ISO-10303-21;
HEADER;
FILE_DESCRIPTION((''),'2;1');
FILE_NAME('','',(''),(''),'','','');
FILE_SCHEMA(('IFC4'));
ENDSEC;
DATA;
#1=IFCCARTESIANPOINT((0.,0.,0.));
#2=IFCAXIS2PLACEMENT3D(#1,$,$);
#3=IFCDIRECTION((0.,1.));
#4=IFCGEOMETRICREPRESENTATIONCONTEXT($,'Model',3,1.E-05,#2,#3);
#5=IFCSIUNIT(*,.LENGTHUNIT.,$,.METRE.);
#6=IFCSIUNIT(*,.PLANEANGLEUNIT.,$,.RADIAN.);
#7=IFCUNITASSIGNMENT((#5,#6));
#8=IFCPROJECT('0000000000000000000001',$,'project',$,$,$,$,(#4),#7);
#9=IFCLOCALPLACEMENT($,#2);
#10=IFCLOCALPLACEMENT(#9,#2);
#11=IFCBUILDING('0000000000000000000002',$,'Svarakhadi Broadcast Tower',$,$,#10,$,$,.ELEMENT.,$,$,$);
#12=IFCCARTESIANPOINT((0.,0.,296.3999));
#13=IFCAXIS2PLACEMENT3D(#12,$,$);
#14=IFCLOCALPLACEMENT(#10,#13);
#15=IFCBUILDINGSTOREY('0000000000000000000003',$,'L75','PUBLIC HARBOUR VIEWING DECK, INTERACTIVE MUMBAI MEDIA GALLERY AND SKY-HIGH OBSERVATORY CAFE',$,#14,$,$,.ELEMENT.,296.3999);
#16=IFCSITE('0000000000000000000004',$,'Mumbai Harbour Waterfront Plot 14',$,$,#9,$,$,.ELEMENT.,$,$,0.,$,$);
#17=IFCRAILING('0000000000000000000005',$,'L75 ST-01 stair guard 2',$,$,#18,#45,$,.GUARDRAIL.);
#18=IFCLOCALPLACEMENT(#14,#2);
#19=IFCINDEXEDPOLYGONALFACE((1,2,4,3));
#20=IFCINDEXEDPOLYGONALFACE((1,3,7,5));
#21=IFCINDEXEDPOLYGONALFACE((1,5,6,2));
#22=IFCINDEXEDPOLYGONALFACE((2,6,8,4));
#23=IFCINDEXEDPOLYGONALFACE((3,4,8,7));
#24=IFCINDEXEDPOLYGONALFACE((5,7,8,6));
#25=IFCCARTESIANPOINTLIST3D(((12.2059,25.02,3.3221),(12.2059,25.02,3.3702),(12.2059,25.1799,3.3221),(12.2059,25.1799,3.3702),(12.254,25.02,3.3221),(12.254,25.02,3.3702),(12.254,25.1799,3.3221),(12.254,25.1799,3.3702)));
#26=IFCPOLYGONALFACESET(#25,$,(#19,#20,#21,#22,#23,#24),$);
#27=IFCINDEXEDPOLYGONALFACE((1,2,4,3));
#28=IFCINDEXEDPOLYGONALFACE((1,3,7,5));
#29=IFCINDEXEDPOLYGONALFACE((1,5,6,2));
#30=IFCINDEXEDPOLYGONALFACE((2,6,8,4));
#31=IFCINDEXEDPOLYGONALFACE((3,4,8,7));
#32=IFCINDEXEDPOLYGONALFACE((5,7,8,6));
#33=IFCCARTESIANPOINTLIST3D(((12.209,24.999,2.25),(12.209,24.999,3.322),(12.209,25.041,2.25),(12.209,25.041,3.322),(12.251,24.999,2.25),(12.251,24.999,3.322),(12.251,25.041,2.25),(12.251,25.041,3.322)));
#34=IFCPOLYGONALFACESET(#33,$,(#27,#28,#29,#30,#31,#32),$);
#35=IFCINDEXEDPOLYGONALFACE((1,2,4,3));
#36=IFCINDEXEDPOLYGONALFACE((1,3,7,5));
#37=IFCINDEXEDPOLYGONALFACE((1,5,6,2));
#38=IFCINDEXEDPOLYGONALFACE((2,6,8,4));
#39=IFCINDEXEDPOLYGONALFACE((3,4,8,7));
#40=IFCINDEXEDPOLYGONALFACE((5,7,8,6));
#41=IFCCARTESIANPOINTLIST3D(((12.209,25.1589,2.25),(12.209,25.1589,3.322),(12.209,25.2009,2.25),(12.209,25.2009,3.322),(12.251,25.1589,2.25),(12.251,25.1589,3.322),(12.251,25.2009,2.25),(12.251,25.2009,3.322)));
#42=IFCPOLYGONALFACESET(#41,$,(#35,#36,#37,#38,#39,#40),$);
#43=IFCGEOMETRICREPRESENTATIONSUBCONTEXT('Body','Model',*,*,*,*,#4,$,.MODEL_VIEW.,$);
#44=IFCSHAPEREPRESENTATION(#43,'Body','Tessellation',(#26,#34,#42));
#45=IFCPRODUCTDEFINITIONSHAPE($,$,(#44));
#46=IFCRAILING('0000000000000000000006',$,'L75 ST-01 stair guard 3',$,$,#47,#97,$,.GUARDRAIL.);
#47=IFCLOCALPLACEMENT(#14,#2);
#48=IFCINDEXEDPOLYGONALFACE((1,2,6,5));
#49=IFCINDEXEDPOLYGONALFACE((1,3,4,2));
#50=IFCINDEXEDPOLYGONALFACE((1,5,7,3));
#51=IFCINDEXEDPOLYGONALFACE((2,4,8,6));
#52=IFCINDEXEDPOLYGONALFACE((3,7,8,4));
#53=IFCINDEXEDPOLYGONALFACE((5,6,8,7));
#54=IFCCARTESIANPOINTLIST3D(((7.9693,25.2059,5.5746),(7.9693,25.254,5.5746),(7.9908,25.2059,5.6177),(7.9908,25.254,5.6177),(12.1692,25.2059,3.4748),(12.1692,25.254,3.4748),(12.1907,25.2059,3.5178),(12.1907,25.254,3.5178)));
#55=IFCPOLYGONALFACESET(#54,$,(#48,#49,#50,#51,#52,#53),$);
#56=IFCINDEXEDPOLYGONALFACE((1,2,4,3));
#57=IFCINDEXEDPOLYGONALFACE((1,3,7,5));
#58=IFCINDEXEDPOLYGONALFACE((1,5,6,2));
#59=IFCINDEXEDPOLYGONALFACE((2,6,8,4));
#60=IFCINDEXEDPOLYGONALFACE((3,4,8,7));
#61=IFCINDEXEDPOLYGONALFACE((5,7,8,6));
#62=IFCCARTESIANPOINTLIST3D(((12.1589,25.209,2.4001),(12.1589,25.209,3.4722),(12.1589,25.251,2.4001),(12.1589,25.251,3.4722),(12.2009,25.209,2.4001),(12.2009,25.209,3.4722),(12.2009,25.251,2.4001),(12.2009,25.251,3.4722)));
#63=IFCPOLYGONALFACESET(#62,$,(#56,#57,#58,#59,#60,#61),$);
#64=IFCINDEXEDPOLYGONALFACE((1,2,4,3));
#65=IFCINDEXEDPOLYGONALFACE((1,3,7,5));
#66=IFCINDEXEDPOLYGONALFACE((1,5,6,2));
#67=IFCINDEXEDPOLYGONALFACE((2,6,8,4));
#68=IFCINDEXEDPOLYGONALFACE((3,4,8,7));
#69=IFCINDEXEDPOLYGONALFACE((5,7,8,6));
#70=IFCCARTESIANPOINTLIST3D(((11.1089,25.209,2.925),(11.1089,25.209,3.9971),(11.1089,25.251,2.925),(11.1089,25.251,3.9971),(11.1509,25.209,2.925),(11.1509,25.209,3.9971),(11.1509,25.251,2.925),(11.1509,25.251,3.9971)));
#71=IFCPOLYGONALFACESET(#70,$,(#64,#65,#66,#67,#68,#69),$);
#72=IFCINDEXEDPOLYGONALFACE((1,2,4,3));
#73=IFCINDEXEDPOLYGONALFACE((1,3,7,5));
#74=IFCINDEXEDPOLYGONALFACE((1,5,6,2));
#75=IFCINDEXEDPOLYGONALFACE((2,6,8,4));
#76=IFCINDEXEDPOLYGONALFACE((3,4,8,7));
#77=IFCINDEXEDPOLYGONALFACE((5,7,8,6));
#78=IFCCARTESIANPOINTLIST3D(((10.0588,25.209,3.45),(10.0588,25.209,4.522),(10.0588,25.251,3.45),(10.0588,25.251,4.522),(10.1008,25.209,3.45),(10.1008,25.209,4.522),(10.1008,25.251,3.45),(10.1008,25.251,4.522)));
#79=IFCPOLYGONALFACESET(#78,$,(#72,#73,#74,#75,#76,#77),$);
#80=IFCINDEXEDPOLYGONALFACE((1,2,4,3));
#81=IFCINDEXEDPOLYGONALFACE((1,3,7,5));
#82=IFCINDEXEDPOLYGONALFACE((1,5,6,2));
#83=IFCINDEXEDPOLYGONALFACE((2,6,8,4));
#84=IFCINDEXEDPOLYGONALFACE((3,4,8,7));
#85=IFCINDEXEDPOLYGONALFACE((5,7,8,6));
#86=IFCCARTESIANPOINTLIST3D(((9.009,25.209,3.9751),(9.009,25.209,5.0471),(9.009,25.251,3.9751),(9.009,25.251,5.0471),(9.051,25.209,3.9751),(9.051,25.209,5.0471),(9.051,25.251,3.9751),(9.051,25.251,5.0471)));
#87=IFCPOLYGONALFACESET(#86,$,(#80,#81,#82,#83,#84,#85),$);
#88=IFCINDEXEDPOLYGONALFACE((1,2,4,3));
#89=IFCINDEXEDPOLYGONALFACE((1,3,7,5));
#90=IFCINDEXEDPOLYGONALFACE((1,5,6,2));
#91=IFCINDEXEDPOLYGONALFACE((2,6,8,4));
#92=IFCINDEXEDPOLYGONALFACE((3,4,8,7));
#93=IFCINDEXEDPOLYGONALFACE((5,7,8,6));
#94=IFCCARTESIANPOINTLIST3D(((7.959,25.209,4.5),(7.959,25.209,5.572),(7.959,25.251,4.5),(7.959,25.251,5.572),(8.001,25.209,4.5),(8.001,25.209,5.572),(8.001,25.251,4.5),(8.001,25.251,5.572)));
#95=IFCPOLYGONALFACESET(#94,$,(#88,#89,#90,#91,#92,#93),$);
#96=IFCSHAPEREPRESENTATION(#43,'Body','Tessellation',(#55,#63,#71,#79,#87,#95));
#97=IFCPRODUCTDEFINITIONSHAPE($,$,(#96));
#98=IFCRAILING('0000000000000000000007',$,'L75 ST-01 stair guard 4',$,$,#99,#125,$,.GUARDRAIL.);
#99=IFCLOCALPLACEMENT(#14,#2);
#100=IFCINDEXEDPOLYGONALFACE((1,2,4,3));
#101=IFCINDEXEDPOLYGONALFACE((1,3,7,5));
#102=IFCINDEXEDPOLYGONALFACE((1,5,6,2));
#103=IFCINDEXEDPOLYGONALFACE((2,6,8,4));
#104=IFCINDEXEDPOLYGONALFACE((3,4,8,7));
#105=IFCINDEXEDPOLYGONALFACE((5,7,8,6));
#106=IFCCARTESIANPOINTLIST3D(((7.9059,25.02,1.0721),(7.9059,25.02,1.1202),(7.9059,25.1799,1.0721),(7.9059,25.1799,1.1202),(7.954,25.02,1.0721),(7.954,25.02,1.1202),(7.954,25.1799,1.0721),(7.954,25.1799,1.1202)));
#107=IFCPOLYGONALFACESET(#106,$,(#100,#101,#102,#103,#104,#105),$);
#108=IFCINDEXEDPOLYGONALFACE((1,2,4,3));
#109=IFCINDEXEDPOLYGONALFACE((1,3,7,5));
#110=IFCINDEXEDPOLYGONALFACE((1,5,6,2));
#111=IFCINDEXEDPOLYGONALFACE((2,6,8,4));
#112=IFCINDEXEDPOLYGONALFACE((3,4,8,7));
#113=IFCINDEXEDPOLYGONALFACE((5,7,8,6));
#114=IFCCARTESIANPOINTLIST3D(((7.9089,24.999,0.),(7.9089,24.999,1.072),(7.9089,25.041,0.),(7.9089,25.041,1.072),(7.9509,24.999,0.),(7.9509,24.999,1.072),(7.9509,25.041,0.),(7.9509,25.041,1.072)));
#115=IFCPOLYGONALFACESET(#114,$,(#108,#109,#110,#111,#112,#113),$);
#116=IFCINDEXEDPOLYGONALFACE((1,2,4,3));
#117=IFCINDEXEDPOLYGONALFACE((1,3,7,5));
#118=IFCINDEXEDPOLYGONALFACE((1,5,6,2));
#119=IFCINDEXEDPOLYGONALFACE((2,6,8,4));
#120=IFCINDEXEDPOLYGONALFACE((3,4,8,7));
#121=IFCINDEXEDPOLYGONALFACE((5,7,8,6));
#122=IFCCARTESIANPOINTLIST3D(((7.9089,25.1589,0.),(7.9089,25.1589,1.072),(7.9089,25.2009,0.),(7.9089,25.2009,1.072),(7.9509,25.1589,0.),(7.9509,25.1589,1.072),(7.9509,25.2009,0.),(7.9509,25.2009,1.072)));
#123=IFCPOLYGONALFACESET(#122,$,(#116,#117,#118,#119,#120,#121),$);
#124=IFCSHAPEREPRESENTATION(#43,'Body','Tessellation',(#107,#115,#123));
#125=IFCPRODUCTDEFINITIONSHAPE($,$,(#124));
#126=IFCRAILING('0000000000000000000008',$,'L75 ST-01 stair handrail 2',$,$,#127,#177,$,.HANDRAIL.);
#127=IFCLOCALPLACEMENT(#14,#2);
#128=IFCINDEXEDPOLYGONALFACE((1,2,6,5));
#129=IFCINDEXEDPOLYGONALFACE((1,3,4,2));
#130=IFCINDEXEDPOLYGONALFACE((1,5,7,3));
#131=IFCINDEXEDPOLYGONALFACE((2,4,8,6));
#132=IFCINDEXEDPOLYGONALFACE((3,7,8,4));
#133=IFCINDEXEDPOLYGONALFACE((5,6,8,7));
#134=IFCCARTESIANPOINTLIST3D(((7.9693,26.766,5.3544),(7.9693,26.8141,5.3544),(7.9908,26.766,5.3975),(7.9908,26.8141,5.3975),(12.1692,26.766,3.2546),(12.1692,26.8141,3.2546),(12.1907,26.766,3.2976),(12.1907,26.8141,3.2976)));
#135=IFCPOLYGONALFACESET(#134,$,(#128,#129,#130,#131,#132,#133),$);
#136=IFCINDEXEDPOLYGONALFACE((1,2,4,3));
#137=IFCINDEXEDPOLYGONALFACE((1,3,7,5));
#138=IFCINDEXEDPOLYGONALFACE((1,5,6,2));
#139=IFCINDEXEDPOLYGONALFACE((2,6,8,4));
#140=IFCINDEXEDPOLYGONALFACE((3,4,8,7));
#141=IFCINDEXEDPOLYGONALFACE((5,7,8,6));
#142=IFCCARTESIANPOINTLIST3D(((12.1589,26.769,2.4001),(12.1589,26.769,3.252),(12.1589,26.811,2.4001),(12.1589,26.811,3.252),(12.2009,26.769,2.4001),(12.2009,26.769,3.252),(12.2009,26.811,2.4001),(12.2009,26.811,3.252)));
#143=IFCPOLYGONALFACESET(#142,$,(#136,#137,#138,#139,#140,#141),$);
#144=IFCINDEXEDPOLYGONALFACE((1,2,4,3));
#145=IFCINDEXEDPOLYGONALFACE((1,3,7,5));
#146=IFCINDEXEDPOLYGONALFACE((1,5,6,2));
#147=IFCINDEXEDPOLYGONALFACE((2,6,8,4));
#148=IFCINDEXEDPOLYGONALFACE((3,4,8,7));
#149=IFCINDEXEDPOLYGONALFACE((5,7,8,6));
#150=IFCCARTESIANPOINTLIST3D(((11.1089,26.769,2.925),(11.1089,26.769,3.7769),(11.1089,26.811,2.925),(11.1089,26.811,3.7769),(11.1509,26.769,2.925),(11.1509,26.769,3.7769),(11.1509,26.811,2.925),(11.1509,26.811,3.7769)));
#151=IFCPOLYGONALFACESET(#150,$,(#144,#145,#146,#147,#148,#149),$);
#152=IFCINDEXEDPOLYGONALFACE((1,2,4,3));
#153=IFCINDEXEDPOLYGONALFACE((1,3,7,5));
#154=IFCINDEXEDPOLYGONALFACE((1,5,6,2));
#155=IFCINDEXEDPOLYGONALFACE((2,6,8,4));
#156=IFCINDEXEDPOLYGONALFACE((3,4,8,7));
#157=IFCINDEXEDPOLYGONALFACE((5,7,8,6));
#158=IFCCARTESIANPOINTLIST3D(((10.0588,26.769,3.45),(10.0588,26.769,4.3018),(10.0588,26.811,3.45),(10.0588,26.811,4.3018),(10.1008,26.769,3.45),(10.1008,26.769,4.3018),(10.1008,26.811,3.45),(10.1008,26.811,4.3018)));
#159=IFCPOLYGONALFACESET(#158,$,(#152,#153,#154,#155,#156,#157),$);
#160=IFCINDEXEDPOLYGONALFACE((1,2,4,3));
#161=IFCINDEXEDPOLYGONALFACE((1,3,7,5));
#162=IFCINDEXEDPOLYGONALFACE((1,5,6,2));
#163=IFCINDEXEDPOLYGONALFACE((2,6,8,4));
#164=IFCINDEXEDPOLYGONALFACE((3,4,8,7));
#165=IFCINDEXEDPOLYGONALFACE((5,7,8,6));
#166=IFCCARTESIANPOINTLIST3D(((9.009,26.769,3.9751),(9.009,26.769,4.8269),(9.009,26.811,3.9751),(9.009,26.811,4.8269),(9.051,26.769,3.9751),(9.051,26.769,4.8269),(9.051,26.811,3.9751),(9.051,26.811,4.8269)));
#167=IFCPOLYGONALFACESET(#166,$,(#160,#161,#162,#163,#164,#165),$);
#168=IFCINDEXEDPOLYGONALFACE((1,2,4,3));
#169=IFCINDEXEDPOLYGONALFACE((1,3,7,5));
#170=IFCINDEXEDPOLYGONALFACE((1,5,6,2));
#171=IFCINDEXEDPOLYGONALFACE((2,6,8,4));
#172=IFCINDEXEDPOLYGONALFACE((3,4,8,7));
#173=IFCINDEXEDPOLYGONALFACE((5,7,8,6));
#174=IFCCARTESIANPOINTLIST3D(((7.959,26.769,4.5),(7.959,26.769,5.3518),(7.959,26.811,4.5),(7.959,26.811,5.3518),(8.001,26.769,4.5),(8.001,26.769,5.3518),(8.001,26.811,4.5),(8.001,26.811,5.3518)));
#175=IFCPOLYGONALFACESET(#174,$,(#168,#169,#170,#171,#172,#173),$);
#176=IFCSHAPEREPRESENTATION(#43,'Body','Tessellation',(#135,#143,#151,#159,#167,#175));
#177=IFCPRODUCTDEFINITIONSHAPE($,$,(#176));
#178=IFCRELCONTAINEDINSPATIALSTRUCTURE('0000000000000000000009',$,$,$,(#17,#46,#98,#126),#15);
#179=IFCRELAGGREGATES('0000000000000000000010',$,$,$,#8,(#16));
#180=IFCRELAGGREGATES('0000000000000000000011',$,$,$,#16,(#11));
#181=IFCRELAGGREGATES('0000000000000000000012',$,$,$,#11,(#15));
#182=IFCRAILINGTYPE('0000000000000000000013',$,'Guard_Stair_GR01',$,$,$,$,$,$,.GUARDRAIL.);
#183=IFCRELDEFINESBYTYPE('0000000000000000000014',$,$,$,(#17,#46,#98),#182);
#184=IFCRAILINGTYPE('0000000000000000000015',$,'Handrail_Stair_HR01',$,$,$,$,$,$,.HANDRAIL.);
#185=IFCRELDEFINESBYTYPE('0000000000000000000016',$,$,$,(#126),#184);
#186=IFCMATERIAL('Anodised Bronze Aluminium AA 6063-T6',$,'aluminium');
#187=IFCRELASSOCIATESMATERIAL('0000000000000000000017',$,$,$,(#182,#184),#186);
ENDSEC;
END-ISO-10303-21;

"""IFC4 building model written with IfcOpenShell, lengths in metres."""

from ifc_helpers import new_model, si_unit, direction, frame, origin, origin_2d, place, context, subcontext, project, spatial, rectangle, extrude, material, type_object, element, save


model = new_model("IFC4")

# Units and contexts
model_context = context("Model", 3, precision=1e-05, world=origin(), true_north=direction((0.0, 1.0)))
body_context = subcontext(model_context, "Body", "Model", "MODEL_VIEW")
ifc_project = project(units=[si_unit("LENGTHUNIT", "METRE"), si_unit("PLANEANGLEUNIT", "RADIAN")], contexts=[model_context])

# Site, building, storey
site_placement = place(None, origin())
site = spatial("IfcSite", under=ifc_project, at=site_placement, Name="Mumbai Harbour Waterfront Plot 14", CompositionType="ELEMENT", RefElevation=0.0)
building_placement = place(site_placement, origin())
building = spatial("IfcBuilding", under=site, at=building_placement, Name="Svarakhadi Broadcast Tower", CompositionType="ELEMENT")
storey_placement = place(building_placement, frame((0.0, 0.0, 296.3999)))
storey = spatial("IfcBuildingStorey", under=building, at=storey_placement, Name="L75", Description="PUBLIC HARBOUR VIEWING DECK, INTERACTIVE MUMBAI MEDIA GALLERY AND SKY-HIGH OBSERVATORY CAFE", CompositionType="ELEMENT", Elevation=296.3999)

# Shared definitions
ifc_material_1 = material(Name="Anodised Bronze Aluminium AA 6063-T6", Category="aluminium")

# Railings
railing_type_1 = type_object("IfcRailingType", Name="Guard_Stair_GR01", PredefinedType="GUARDRAIL", material=ifc_material_1)
railing_1_placement = place(storey_placement, frame((12.23, 25.02, 2.25)))
element("IfcRailing", 1, at=railing_1_placement, inside=storey, type_object=railing_type_1, Name="L75 ST-01 stair guard 2", PredefinedType="GUARDRAIL", context=body_context, shape_type="SweptSolid", body=[
    extrude(rectangle(XDim=0.0481, YDim=0.0481, at=origin_2d()), frame((0.0, 0.0, 1.0962), z_axis=(0.0, 1.0, 0.0), x_axis=(-1.0, 0.0, 0.0)), (0.0, 0.0, 1.0), 0.1599),
    extrude(rectangle(XDim=0.042, YDim=0.042, at=origin_2d()), origin(), (0.0, 0.0, 1.0), 1.072),
    extrude(rectangle(XDim=0.042, YDim=0.042, at=origin_2d()), frame((0.0, 0.1599, 0.0)), (0.0, 0.0, 1.0), 1.072),
])
railing_2_placement = place(storey_placement, frame((12.1799, 25.23, 2.4001)))
element("IfcRailing", 2, at=railing_2_placement, inside=storey, type_object=railing_type_1, Name="L75 ST-01 stair guard 3", PredefinedType="GUARDRAIL", context=body_context, shape_type="SweptSolid", body=[
    extrude(rectangle(XDim=0.0481, YDim=0.0481, at=origin_2d()), frame((0.0, 0.0, 1.0962), z_axis=(-0.894438, 0.0, 0.447193), x_axis=(0.0, -1.0, 0.0)), (0.0, 0.0, 1.0), 4.6956),
    extrude(rectangle(XDim=0.042, YDim=0.042, at=origin_2d()), origin(), (0.0, 0.0, 1.0), 1.072),
    extrude(rectangle(XDim=0.042, YDim=0.042, at=origin_2d()), frame((-1.05, 0.0, 0.5249)), (0.0, 0.0, 1.0), 1.072),
    extrude(rectangle(XDim=0.042, YDim=0.042, at=origin_2d()), frame((-2.1001, 0.0, 1.0498)), (0.0, 0.0, 1.0), 1.072),
    extrude(rectangle(XDim=0.042, YDim=0.042, at=origin_2d()), frame((-3.1499, 0.0, 1.575)), (0.0, 0.0, 1.0), 1.072),
    extrude(rectangle(XDim=0.042, YDim=0.042, at=origin_2d()), frame((-4.2, 0.0, 2.0999)), (0.0, 0.0, 1.0), 1.072),
])
railing_3_placement = place(storey_placement, frame((7.9299, 25.02, 0.0)))
element("IfcRailing", 3, at=railing_3_placement, inside=storey, type_object=railing_type_1, Name="L75 ST-01 stair guard 4", PredefinedType="GUARDRAIL", context=body_context, shape_type="SweptSolid", body=[
    extrude(rectangle(XDim=0.0481, YDim=0.0481, at=origin_2d()), frame((0.0, 0.0, 1.0962), z_axis=(0.0, 1.0, 0.0), x_axis=(-1.0, 0.0, 0.0)), (0.0, 0.0, 1.0), 0.1599),
    extrude(rectangle(XDim=0.042, YDim=0.042, at=origin_2d()), origin(), (0.0, 0.0, 1.0), 1.072),
    extrude(rectangle(XDim=0.042, YDim=0.042, at=origin_2d()), frame((0.0, 0.1599, 0.0)), (0.0, 0.0, 1.0), 1.072),
])
railing_type_2 = type_object("IfcRailingType", Name="Handrail_Stair_HR01", PredefinedType="HANDRAIL", material=ifc_material_1)
railing_4_placement = place(storey_placement, frame((12.1799, 26.79, 2.4001)))
element("IfcRailing", 4, at=railing_4_placement, inside=storey, type_object=railing_type_2, Name="L75 ST-01 stair handrail 2", PredefinedType="HANDRAIL", context=body_context, shape_type="SweptSolid", body=[
    extrude(rectangle(XDim=0.0481, YDim=0.0481, at=origin_2d()), frame((0.0, 0.0, 0.876), z_axis=(-0.894438, 0.0, 0.447193), x_axis=(0.0, -1.0, 0.0)), (0.0, 0.0, 1.0), 4.6956),
    extrude(rectangle(XDim=0.042, YDim=0.042, at=origin_2d()), origin(), (0.0, 0.0, 1.0), 0.8518),
    extrude(rectangle(XDim=0.042, YDim=0.042, at=origin_2d()), frame((-1.05, 0.0, 0.5249)), (0.0, 0.0, 1.0), 0.8518),
    extrude(rectangle(XDim=0.042, YDim=0.042, at=origin_2d()), frame((-2.1001, 0.0, 1.0498)), (0.0, 0.0, 1.0), 0.8518),
    extrude(rectangle(XDim=0.042, YDim=0.042, at=origin_2d()), frame((-3.1499, 0.0, 1.575)), (0.0, 0.0, 1.0), 0.8518),
    extrude(rectangle(XDim=0.042, YDim=0.042, at=origin_2d()), frame((-4.2, 0.0, 2.0999)), (0.0, 0.0, 1.0), 0.8518),
])

save(model, "model.ifc")
